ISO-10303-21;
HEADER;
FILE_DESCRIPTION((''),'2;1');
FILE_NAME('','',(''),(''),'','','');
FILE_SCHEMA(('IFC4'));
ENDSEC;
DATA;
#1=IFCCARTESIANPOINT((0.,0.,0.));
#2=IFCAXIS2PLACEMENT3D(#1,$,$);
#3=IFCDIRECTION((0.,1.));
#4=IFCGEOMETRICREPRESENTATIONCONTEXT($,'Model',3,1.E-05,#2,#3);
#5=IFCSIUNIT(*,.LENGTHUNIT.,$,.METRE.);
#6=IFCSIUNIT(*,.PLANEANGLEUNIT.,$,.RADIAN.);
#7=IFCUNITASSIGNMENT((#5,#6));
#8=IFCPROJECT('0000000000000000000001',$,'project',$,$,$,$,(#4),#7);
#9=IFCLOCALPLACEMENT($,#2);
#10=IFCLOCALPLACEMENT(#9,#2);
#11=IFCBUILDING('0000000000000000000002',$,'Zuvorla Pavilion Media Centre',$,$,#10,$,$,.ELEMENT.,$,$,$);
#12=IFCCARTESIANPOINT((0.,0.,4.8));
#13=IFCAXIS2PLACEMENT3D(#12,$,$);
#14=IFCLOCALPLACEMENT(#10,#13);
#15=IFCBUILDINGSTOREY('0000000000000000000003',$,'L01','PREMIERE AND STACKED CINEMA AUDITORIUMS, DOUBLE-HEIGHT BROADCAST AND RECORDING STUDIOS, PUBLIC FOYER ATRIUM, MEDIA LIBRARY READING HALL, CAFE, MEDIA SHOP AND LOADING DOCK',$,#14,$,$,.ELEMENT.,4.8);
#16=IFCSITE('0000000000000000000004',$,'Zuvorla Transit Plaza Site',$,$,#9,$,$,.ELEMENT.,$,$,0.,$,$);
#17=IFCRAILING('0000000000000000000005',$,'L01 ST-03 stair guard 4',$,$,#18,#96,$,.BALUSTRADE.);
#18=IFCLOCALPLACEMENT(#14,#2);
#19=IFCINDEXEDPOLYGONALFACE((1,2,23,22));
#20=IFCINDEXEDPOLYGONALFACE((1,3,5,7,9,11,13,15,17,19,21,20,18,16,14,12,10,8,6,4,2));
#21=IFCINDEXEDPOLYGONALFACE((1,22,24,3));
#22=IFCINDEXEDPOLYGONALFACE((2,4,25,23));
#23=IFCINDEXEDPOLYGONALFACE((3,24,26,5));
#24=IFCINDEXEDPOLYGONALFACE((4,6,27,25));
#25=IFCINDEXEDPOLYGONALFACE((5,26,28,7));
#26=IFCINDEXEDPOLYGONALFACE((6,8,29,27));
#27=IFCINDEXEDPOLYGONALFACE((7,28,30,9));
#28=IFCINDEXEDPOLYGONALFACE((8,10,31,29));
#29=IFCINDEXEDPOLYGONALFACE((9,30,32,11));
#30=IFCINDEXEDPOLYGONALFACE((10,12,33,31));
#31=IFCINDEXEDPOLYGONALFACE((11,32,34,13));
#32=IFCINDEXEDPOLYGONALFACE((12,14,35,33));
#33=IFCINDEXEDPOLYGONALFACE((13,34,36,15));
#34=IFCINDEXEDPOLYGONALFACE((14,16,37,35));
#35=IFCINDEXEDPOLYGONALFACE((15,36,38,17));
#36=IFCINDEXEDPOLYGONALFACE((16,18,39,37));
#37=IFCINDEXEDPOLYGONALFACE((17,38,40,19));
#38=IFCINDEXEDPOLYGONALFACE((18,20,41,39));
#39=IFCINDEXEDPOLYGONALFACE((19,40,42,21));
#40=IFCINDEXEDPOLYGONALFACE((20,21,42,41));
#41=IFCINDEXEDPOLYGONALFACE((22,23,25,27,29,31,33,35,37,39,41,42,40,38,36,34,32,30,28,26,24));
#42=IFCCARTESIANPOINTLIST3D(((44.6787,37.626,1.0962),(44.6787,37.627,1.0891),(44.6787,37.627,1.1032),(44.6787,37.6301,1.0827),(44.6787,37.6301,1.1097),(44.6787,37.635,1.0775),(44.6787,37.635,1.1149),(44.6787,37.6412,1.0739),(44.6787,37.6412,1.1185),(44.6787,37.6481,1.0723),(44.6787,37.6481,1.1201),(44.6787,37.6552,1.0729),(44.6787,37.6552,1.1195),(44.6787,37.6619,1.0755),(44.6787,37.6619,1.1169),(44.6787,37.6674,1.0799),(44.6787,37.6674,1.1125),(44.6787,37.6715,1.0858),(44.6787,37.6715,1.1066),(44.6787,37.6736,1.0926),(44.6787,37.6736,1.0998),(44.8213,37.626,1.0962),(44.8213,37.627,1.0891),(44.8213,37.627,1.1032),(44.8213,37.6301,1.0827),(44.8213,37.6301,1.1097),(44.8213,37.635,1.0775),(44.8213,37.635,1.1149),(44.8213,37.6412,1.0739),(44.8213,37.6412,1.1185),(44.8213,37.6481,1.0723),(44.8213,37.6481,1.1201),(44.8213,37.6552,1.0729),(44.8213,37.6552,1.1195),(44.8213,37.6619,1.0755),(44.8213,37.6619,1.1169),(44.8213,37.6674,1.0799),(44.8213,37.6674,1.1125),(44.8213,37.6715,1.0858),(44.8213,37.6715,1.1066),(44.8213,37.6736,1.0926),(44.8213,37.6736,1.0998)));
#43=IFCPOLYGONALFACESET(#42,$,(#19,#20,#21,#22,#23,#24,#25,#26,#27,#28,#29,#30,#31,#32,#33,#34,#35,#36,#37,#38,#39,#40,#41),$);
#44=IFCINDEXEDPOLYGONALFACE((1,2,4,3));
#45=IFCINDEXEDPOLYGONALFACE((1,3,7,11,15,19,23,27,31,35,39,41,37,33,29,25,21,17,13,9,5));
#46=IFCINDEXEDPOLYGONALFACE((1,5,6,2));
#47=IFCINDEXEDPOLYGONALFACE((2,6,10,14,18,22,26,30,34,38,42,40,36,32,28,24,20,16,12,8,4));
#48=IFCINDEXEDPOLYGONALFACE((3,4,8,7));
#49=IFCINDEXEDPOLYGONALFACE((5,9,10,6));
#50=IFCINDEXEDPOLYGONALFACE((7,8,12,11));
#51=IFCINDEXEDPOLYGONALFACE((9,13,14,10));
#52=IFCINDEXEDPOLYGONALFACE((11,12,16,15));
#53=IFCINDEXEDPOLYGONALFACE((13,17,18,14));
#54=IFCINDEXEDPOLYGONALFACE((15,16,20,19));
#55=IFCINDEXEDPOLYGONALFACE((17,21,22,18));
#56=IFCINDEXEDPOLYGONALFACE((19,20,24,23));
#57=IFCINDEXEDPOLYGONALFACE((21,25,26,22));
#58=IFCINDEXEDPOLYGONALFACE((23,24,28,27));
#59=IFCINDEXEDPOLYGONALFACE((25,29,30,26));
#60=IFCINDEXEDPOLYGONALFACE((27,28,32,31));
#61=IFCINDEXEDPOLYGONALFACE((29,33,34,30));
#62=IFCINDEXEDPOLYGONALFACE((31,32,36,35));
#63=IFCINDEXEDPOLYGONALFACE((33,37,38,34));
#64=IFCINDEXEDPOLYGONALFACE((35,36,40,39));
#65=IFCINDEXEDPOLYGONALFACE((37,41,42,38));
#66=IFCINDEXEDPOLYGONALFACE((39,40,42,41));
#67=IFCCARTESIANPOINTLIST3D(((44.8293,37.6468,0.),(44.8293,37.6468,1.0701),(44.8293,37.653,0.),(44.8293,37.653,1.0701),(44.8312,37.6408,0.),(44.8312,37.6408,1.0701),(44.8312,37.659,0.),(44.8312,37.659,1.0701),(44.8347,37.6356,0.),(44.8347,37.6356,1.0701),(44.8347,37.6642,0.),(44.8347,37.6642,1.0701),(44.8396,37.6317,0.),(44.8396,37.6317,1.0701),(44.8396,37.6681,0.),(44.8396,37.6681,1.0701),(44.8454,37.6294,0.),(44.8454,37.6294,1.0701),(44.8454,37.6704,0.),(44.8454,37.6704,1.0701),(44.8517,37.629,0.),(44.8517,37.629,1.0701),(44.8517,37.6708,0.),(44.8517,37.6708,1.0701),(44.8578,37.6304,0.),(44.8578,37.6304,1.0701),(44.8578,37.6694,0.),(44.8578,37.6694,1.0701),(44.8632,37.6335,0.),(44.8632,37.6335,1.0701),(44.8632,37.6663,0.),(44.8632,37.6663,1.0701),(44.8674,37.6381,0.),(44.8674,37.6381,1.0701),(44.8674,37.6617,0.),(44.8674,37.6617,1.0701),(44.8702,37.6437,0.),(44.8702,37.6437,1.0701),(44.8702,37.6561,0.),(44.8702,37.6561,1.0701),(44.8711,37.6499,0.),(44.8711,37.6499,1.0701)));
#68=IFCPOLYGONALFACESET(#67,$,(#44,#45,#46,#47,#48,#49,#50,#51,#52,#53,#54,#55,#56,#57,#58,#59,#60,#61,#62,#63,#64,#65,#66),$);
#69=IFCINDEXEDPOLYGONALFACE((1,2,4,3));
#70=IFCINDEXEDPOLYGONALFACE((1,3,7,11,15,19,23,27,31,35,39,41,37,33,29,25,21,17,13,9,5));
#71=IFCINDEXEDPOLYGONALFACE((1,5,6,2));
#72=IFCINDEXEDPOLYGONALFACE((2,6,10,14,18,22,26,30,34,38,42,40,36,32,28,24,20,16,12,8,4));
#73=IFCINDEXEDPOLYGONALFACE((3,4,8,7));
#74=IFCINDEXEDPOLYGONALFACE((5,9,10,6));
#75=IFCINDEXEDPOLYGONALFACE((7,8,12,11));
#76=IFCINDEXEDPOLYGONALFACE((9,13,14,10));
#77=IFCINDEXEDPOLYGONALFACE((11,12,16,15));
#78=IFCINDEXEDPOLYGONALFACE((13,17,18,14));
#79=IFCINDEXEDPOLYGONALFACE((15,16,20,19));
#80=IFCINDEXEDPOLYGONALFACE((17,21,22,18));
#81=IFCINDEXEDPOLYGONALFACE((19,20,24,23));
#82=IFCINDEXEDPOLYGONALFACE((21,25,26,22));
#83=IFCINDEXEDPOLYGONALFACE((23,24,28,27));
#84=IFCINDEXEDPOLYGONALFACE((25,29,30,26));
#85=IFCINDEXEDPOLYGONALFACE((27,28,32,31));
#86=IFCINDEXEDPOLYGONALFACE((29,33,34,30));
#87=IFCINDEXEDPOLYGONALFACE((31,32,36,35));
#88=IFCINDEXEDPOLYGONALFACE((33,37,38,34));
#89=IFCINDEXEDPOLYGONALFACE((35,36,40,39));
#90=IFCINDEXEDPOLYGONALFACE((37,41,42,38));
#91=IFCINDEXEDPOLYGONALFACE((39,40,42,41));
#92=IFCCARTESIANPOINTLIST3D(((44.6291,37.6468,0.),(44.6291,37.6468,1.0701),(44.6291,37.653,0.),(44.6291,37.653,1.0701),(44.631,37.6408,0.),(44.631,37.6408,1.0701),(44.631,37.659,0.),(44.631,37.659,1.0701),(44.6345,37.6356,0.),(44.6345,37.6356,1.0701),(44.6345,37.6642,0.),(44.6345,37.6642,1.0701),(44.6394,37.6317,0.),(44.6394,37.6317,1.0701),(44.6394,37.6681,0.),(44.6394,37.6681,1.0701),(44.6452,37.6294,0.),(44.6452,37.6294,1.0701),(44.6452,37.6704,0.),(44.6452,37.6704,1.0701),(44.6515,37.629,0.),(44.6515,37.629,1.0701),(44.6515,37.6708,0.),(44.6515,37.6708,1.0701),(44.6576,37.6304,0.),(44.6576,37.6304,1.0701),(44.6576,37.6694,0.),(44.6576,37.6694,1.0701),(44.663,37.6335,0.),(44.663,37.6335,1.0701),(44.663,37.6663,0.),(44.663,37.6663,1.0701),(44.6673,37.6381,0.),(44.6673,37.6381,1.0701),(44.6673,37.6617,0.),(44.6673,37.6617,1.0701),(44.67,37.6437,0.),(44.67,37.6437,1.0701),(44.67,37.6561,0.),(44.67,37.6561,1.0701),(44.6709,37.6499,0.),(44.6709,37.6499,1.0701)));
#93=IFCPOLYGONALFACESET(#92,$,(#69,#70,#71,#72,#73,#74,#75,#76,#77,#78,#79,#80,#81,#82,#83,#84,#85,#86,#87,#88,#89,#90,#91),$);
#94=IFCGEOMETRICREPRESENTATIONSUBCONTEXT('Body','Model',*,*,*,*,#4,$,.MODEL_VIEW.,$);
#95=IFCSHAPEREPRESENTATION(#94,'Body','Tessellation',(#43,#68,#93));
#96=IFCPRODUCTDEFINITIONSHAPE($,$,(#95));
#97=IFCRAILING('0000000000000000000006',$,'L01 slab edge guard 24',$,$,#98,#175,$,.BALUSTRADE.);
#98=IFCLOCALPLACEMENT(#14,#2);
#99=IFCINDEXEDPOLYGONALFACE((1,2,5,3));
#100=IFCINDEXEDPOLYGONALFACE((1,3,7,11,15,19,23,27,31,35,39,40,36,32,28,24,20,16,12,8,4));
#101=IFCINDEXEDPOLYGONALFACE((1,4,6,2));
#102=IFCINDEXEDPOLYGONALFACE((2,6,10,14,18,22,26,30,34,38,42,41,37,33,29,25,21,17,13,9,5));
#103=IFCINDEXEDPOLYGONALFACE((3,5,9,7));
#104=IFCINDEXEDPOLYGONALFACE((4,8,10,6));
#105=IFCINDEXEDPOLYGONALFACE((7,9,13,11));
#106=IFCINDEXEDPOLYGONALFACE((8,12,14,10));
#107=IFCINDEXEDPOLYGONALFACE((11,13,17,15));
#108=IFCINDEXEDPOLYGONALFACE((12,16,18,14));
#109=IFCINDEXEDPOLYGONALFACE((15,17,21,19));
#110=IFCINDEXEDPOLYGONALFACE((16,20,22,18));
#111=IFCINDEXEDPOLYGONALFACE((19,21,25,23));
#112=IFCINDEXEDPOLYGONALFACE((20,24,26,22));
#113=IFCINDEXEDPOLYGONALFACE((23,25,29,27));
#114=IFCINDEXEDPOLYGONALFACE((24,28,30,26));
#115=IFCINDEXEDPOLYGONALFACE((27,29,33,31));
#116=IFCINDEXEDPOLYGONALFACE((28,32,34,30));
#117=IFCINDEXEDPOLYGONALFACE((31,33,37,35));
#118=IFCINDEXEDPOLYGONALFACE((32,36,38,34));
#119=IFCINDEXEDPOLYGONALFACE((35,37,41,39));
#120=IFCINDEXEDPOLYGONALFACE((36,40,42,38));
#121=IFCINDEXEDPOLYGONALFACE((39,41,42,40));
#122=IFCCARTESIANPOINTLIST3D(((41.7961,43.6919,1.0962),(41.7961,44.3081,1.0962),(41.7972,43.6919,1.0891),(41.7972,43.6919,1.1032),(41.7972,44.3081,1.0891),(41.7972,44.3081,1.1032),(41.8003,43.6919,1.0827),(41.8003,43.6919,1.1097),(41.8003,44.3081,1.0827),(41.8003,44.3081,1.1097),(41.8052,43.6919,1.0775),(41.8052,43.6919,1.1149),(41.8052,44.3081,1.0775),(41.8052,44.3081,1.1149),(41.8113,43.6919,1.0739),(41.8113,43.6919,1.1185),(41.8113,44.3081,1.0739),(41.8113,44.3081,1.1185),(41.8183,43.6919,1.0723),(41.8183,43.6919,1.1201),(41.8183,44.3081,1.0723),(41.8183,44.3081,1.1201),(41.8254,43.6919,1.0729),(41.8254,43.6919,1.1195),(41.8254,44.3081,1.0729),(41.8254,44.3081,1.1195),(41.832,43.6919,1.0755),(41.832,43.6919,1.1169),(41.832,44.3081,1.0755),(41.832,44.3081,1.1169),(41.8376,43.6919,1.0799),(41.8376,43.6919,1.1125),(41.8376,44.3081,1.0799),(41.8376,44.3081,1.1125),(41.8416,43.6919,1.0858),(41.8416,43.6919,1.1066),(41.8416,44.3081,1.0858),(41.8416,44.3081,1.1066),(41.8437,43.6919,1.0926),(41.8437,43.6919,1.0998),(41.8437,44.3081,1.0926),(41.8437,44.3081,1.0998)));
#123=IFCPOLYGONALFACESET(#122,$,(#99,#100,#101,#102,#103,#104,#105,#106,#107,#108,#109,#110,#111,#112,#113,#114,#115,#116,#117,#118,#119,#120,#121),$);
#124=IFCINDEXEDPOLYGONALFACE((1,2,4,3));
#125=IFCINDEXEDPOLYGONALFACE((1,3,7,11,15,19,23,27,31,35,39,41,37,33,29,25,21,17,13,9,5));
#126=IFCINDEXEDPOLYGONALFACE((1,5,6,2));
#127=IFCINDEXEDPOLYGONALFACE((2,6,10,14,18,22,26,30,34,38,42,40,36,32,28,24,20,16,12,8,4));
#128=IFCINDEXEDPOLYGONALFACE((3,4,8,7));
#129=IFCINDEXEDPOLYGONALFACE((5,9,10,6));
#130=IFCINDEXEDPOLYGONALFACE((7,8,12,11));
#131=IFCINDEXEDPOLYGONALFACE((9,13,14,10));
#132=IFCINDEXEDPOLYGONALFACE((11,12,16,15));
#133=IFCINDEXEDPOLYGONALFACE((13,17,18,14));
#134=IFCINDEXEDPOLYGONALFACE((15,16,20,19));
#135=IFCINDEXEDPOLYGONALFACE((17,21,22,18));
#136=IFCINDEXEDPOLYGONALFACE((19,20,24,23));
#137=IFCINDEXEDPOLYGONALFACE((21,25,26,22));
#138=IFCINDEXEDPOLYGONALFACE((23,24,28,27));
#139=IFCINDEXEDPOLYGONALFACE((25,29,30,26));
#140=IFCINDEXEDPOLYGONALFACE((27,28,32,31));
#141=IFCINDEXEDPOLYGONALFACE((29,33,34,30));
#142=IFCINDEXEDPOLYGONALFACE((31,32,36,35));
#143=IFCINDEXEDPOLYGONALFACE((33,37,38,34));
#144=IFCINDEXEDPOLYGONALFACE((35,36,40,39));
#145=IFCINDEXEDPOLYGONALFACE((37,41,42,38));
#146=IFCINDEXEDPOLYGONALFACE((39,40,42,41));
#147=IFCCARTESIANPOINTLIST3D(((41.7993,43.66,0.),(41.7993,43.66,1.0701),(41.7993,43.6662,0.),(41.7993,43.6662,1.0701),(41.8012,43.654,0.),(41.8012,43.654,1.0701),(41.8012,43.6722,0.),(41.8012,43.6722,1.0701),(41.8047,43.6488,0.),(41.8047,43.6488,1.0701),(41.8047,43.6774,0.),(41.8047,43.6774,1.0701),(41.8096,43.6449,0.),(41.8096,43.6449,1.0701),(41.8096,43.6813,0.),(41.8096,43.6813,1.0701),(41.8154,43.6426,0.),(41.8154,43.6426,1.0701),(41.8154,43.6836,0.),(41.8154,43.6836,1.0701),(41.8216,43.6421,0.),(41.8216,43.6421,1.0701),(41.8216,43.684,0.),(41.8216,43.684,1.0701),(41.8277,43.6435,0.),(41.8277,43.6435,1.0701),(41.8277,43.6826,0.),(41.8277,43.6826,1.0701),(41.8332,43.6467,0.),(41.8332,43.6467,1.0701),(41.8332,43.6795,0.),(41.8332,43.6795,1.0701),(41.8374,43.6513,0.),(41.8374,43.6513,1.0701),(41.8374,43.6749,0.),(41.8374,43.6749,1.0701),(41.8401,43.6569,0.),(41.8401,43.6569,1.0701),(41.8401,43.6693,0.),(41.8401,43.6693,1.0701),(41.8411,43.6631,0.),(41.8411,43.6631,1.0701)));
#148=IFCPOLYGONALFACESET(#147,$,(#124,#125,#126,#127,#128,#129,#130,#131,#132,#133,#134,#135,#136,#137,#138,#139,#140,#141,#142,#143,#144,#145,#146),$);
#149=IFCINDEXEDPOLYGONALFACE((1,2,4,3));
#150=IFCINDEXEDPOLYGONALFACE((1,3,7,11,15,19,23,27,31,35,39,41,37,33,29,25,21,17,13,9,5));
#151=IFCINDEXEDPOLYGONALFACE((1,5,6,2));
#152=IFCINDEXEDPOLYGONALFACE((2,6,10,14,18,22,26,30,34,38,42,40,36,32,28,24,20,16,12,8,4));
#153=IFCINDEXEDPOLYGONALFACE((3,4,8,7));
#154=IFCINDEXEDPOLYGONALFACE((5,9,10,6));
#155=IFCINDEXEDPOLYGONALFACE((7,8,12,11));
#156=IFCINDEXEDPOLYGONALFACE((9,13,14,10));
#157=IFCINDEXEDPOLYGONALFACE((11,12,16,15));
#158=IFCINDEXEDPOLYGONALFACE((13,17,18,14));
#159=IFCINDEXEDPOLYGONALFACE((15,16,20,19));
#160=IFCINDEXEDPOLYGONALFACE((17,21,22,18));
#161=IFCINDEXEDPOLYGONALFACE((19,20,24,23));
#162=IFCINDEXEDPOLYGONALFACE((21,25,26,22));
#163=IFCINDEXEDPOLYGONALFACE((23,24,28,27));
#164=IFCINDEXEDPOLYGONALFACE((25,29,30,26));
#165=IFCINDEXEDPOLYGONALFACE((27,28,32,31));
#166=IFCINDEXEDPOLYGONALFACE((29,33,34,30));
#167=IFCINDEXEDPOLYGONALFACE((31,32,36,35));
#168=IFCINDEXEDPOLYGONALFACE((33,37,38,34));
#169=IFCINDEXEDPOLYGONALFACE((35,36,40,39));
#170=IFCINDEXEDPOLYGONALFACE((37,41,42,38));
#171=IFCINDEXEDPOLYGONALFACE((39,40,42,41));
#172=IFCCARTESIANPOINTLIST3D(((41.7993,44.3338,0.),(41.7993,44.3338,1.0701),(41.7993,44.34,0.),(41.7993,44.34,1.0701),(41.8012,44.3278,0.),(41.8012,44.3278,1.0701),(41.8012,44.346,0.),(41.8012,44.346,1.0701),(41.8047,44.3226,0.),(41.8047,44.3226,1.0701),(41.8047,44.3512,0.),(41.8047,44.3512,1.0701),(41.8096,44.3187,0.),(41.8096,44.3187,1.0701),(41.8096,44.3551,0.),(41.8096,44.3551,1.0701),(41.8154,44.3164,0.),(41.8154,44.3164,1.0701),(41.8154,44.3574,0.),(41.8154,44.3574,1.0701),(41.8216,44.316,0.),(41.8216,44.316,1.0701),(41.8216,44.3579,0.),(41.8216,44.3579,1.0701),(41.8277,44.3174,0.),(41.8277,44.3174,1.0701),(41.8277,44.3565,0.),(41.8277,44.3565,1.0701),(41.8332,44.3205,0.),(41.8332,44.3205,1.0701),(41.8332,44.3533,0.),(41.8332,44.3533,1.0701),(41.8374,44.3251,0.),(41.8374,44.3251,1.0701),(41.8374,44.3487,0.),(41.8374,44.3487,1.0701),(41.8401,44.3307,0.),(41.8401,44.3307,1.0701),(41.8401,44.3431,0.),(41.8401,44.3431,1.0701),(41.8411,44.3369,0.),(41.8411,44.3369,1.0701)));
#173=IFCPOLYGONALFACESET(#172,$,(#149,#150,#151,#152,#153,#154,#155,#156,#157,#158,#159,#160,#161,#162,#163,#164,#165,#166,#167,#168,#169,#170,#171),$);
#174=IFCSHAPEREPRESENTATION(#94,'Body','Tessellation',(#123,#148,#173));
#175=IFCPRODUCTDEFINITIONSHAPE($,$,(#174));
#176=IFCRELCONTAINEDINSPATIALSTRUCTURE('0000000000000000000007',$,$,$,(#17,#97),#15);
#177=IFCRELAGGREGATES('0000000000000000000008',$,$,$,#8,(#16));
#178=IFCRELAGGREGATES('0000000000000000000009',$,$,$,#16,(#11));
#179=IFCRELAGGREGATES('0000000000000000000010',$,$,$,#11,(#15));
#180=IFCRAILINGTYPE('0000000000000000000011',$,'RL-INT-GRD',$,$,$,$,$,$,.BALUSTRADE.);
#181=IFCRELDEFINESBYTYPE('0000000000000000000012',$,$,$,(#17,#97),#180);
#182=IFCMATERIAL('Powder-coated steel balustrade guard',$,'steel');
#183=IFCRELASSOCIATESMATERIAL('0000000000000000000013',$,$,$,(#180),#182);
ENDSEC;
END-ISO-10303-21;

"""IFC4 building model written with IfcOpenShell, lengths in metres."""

from ifc_helpers import new_model, si_unit, direction, frame, origin, origin_2d, place, context, subcontext, project, spatial, circle, extrude, material, type_object, element, save


model = new_model("IFC4")

# Units and contexts
model_context = context("Model", 3, precision=1e-05, world=origin(), true_north=direction((0.0, 1.0)))
body_context = subcontext(model_context, "Body", "Model", "MODEL_VIEW")
ifc_project = project(units=[si_unit("LENGTHUNIT", "METRE"), si_unit("PLANEANGLEUNIT", "RADIAN")], contexts=[model_context])

# Site, building, storey
site_placement = place(None, origin())
site = spatial("IfcSite", under=ifc_project, at=site_placement, Name="Zuvorla Transit Plaza Site", CompositionType="ELEMENT", RefElevation=0.0)
building_placement = place(site_placement, origin())
building = spatial("IfcBuilding", under=site, at=building_placement, Name="Zuvorla Pavilion Media Centre", CompositionType="ELEMENT")
storey_placement = place(building_placement, frame((0.0, 0.0, 4.8)))
storey = spatial("IfcBuildingStorey", under=building, at=storey_placement, Name="L01", Description="PREMIERE AND STACKED CINEMA AUDITORIUMS, DOUBLE-HEIGHT BROADCAST AND RECORDING STUDIOS, PUBLIC FOYER ATRIUM, MEDIA LIBRARY READING HALL, CAFE, MEDIA SHOP AND LOADING DOCK", CompositionType="ELEMENT", Elevation=4.8)

# Railings
ifc_material_1 = material(Name="Powder-coated steel balustrade guard", Category="steel")
railing_type_1 = type_object("IfcRailingType", Name="RL-INT-GRD", PredefinedType="BALUSTRADE", material=ifc_material_1)
railing_1_placement = place(storey_placement, frame((44.8501, 37.6499, 0.0)))
element("IfcRailing", 1, at=railing_1_placement, inside=storey, type_object=railing_type_1, Name="L01 ST-03 stair guard 4", PredefinedType="BALUSTRADE", context=body_context, shape_type="SweptSolid", body=[
    extrude(circle(Radius=0.0239, at=origin_2d()), frame((-0.0288, 0.0, 1.0962), z_axis=(-1.0, 0.0, 0.0), x_axis=(0.0, -1.0, 0.0)), (0.0, 0.0, 1.0), 0.1426),
    extrude(circle(Radius=0.021, at=origin_2d()), origin(), (0.0, 0.0, 1.0), 1.0701),
    extrude(circle(Radius=0.021, at=origin_2d()), frame((-0.2002, 0.0, 0.0)), (0.0, 0.0, 1.0), 1.0701),
])
railing_2_placement = place(storey_placement, frame((41.8201, 43.6631, 0.0)))
element("IfcRailing", 2, at=railing_2_placement, inside=storey, type_object=railing_type_1, Name="L01 slab edge guard 24", PredefinedType="BALUSTRADE", context=body_context, shape_type="SweptSolid", body=[
    extrude(circle(Radius=0.0239, at=origin_2d()), frame((0.0, 0.0288, 1.0962), z_axis=(0.0, 1.0, 0.0), x_axis=(-1.0, 0.0, 0.0)), (0.0, 0.0, 1.0), 0.6162),
    extrude(circle(Radius=0.021, at=origin_2d()), origin(), (0.0, 0.0, 1.0), 1.0701),
    extrude(circle(Radius=0.021, at=origin_2d()), frame((0.0, 0.6738, 0.0)), (0.0, 0.0, 1.0), 1.0701),
])

save(model, "model.ifc")
